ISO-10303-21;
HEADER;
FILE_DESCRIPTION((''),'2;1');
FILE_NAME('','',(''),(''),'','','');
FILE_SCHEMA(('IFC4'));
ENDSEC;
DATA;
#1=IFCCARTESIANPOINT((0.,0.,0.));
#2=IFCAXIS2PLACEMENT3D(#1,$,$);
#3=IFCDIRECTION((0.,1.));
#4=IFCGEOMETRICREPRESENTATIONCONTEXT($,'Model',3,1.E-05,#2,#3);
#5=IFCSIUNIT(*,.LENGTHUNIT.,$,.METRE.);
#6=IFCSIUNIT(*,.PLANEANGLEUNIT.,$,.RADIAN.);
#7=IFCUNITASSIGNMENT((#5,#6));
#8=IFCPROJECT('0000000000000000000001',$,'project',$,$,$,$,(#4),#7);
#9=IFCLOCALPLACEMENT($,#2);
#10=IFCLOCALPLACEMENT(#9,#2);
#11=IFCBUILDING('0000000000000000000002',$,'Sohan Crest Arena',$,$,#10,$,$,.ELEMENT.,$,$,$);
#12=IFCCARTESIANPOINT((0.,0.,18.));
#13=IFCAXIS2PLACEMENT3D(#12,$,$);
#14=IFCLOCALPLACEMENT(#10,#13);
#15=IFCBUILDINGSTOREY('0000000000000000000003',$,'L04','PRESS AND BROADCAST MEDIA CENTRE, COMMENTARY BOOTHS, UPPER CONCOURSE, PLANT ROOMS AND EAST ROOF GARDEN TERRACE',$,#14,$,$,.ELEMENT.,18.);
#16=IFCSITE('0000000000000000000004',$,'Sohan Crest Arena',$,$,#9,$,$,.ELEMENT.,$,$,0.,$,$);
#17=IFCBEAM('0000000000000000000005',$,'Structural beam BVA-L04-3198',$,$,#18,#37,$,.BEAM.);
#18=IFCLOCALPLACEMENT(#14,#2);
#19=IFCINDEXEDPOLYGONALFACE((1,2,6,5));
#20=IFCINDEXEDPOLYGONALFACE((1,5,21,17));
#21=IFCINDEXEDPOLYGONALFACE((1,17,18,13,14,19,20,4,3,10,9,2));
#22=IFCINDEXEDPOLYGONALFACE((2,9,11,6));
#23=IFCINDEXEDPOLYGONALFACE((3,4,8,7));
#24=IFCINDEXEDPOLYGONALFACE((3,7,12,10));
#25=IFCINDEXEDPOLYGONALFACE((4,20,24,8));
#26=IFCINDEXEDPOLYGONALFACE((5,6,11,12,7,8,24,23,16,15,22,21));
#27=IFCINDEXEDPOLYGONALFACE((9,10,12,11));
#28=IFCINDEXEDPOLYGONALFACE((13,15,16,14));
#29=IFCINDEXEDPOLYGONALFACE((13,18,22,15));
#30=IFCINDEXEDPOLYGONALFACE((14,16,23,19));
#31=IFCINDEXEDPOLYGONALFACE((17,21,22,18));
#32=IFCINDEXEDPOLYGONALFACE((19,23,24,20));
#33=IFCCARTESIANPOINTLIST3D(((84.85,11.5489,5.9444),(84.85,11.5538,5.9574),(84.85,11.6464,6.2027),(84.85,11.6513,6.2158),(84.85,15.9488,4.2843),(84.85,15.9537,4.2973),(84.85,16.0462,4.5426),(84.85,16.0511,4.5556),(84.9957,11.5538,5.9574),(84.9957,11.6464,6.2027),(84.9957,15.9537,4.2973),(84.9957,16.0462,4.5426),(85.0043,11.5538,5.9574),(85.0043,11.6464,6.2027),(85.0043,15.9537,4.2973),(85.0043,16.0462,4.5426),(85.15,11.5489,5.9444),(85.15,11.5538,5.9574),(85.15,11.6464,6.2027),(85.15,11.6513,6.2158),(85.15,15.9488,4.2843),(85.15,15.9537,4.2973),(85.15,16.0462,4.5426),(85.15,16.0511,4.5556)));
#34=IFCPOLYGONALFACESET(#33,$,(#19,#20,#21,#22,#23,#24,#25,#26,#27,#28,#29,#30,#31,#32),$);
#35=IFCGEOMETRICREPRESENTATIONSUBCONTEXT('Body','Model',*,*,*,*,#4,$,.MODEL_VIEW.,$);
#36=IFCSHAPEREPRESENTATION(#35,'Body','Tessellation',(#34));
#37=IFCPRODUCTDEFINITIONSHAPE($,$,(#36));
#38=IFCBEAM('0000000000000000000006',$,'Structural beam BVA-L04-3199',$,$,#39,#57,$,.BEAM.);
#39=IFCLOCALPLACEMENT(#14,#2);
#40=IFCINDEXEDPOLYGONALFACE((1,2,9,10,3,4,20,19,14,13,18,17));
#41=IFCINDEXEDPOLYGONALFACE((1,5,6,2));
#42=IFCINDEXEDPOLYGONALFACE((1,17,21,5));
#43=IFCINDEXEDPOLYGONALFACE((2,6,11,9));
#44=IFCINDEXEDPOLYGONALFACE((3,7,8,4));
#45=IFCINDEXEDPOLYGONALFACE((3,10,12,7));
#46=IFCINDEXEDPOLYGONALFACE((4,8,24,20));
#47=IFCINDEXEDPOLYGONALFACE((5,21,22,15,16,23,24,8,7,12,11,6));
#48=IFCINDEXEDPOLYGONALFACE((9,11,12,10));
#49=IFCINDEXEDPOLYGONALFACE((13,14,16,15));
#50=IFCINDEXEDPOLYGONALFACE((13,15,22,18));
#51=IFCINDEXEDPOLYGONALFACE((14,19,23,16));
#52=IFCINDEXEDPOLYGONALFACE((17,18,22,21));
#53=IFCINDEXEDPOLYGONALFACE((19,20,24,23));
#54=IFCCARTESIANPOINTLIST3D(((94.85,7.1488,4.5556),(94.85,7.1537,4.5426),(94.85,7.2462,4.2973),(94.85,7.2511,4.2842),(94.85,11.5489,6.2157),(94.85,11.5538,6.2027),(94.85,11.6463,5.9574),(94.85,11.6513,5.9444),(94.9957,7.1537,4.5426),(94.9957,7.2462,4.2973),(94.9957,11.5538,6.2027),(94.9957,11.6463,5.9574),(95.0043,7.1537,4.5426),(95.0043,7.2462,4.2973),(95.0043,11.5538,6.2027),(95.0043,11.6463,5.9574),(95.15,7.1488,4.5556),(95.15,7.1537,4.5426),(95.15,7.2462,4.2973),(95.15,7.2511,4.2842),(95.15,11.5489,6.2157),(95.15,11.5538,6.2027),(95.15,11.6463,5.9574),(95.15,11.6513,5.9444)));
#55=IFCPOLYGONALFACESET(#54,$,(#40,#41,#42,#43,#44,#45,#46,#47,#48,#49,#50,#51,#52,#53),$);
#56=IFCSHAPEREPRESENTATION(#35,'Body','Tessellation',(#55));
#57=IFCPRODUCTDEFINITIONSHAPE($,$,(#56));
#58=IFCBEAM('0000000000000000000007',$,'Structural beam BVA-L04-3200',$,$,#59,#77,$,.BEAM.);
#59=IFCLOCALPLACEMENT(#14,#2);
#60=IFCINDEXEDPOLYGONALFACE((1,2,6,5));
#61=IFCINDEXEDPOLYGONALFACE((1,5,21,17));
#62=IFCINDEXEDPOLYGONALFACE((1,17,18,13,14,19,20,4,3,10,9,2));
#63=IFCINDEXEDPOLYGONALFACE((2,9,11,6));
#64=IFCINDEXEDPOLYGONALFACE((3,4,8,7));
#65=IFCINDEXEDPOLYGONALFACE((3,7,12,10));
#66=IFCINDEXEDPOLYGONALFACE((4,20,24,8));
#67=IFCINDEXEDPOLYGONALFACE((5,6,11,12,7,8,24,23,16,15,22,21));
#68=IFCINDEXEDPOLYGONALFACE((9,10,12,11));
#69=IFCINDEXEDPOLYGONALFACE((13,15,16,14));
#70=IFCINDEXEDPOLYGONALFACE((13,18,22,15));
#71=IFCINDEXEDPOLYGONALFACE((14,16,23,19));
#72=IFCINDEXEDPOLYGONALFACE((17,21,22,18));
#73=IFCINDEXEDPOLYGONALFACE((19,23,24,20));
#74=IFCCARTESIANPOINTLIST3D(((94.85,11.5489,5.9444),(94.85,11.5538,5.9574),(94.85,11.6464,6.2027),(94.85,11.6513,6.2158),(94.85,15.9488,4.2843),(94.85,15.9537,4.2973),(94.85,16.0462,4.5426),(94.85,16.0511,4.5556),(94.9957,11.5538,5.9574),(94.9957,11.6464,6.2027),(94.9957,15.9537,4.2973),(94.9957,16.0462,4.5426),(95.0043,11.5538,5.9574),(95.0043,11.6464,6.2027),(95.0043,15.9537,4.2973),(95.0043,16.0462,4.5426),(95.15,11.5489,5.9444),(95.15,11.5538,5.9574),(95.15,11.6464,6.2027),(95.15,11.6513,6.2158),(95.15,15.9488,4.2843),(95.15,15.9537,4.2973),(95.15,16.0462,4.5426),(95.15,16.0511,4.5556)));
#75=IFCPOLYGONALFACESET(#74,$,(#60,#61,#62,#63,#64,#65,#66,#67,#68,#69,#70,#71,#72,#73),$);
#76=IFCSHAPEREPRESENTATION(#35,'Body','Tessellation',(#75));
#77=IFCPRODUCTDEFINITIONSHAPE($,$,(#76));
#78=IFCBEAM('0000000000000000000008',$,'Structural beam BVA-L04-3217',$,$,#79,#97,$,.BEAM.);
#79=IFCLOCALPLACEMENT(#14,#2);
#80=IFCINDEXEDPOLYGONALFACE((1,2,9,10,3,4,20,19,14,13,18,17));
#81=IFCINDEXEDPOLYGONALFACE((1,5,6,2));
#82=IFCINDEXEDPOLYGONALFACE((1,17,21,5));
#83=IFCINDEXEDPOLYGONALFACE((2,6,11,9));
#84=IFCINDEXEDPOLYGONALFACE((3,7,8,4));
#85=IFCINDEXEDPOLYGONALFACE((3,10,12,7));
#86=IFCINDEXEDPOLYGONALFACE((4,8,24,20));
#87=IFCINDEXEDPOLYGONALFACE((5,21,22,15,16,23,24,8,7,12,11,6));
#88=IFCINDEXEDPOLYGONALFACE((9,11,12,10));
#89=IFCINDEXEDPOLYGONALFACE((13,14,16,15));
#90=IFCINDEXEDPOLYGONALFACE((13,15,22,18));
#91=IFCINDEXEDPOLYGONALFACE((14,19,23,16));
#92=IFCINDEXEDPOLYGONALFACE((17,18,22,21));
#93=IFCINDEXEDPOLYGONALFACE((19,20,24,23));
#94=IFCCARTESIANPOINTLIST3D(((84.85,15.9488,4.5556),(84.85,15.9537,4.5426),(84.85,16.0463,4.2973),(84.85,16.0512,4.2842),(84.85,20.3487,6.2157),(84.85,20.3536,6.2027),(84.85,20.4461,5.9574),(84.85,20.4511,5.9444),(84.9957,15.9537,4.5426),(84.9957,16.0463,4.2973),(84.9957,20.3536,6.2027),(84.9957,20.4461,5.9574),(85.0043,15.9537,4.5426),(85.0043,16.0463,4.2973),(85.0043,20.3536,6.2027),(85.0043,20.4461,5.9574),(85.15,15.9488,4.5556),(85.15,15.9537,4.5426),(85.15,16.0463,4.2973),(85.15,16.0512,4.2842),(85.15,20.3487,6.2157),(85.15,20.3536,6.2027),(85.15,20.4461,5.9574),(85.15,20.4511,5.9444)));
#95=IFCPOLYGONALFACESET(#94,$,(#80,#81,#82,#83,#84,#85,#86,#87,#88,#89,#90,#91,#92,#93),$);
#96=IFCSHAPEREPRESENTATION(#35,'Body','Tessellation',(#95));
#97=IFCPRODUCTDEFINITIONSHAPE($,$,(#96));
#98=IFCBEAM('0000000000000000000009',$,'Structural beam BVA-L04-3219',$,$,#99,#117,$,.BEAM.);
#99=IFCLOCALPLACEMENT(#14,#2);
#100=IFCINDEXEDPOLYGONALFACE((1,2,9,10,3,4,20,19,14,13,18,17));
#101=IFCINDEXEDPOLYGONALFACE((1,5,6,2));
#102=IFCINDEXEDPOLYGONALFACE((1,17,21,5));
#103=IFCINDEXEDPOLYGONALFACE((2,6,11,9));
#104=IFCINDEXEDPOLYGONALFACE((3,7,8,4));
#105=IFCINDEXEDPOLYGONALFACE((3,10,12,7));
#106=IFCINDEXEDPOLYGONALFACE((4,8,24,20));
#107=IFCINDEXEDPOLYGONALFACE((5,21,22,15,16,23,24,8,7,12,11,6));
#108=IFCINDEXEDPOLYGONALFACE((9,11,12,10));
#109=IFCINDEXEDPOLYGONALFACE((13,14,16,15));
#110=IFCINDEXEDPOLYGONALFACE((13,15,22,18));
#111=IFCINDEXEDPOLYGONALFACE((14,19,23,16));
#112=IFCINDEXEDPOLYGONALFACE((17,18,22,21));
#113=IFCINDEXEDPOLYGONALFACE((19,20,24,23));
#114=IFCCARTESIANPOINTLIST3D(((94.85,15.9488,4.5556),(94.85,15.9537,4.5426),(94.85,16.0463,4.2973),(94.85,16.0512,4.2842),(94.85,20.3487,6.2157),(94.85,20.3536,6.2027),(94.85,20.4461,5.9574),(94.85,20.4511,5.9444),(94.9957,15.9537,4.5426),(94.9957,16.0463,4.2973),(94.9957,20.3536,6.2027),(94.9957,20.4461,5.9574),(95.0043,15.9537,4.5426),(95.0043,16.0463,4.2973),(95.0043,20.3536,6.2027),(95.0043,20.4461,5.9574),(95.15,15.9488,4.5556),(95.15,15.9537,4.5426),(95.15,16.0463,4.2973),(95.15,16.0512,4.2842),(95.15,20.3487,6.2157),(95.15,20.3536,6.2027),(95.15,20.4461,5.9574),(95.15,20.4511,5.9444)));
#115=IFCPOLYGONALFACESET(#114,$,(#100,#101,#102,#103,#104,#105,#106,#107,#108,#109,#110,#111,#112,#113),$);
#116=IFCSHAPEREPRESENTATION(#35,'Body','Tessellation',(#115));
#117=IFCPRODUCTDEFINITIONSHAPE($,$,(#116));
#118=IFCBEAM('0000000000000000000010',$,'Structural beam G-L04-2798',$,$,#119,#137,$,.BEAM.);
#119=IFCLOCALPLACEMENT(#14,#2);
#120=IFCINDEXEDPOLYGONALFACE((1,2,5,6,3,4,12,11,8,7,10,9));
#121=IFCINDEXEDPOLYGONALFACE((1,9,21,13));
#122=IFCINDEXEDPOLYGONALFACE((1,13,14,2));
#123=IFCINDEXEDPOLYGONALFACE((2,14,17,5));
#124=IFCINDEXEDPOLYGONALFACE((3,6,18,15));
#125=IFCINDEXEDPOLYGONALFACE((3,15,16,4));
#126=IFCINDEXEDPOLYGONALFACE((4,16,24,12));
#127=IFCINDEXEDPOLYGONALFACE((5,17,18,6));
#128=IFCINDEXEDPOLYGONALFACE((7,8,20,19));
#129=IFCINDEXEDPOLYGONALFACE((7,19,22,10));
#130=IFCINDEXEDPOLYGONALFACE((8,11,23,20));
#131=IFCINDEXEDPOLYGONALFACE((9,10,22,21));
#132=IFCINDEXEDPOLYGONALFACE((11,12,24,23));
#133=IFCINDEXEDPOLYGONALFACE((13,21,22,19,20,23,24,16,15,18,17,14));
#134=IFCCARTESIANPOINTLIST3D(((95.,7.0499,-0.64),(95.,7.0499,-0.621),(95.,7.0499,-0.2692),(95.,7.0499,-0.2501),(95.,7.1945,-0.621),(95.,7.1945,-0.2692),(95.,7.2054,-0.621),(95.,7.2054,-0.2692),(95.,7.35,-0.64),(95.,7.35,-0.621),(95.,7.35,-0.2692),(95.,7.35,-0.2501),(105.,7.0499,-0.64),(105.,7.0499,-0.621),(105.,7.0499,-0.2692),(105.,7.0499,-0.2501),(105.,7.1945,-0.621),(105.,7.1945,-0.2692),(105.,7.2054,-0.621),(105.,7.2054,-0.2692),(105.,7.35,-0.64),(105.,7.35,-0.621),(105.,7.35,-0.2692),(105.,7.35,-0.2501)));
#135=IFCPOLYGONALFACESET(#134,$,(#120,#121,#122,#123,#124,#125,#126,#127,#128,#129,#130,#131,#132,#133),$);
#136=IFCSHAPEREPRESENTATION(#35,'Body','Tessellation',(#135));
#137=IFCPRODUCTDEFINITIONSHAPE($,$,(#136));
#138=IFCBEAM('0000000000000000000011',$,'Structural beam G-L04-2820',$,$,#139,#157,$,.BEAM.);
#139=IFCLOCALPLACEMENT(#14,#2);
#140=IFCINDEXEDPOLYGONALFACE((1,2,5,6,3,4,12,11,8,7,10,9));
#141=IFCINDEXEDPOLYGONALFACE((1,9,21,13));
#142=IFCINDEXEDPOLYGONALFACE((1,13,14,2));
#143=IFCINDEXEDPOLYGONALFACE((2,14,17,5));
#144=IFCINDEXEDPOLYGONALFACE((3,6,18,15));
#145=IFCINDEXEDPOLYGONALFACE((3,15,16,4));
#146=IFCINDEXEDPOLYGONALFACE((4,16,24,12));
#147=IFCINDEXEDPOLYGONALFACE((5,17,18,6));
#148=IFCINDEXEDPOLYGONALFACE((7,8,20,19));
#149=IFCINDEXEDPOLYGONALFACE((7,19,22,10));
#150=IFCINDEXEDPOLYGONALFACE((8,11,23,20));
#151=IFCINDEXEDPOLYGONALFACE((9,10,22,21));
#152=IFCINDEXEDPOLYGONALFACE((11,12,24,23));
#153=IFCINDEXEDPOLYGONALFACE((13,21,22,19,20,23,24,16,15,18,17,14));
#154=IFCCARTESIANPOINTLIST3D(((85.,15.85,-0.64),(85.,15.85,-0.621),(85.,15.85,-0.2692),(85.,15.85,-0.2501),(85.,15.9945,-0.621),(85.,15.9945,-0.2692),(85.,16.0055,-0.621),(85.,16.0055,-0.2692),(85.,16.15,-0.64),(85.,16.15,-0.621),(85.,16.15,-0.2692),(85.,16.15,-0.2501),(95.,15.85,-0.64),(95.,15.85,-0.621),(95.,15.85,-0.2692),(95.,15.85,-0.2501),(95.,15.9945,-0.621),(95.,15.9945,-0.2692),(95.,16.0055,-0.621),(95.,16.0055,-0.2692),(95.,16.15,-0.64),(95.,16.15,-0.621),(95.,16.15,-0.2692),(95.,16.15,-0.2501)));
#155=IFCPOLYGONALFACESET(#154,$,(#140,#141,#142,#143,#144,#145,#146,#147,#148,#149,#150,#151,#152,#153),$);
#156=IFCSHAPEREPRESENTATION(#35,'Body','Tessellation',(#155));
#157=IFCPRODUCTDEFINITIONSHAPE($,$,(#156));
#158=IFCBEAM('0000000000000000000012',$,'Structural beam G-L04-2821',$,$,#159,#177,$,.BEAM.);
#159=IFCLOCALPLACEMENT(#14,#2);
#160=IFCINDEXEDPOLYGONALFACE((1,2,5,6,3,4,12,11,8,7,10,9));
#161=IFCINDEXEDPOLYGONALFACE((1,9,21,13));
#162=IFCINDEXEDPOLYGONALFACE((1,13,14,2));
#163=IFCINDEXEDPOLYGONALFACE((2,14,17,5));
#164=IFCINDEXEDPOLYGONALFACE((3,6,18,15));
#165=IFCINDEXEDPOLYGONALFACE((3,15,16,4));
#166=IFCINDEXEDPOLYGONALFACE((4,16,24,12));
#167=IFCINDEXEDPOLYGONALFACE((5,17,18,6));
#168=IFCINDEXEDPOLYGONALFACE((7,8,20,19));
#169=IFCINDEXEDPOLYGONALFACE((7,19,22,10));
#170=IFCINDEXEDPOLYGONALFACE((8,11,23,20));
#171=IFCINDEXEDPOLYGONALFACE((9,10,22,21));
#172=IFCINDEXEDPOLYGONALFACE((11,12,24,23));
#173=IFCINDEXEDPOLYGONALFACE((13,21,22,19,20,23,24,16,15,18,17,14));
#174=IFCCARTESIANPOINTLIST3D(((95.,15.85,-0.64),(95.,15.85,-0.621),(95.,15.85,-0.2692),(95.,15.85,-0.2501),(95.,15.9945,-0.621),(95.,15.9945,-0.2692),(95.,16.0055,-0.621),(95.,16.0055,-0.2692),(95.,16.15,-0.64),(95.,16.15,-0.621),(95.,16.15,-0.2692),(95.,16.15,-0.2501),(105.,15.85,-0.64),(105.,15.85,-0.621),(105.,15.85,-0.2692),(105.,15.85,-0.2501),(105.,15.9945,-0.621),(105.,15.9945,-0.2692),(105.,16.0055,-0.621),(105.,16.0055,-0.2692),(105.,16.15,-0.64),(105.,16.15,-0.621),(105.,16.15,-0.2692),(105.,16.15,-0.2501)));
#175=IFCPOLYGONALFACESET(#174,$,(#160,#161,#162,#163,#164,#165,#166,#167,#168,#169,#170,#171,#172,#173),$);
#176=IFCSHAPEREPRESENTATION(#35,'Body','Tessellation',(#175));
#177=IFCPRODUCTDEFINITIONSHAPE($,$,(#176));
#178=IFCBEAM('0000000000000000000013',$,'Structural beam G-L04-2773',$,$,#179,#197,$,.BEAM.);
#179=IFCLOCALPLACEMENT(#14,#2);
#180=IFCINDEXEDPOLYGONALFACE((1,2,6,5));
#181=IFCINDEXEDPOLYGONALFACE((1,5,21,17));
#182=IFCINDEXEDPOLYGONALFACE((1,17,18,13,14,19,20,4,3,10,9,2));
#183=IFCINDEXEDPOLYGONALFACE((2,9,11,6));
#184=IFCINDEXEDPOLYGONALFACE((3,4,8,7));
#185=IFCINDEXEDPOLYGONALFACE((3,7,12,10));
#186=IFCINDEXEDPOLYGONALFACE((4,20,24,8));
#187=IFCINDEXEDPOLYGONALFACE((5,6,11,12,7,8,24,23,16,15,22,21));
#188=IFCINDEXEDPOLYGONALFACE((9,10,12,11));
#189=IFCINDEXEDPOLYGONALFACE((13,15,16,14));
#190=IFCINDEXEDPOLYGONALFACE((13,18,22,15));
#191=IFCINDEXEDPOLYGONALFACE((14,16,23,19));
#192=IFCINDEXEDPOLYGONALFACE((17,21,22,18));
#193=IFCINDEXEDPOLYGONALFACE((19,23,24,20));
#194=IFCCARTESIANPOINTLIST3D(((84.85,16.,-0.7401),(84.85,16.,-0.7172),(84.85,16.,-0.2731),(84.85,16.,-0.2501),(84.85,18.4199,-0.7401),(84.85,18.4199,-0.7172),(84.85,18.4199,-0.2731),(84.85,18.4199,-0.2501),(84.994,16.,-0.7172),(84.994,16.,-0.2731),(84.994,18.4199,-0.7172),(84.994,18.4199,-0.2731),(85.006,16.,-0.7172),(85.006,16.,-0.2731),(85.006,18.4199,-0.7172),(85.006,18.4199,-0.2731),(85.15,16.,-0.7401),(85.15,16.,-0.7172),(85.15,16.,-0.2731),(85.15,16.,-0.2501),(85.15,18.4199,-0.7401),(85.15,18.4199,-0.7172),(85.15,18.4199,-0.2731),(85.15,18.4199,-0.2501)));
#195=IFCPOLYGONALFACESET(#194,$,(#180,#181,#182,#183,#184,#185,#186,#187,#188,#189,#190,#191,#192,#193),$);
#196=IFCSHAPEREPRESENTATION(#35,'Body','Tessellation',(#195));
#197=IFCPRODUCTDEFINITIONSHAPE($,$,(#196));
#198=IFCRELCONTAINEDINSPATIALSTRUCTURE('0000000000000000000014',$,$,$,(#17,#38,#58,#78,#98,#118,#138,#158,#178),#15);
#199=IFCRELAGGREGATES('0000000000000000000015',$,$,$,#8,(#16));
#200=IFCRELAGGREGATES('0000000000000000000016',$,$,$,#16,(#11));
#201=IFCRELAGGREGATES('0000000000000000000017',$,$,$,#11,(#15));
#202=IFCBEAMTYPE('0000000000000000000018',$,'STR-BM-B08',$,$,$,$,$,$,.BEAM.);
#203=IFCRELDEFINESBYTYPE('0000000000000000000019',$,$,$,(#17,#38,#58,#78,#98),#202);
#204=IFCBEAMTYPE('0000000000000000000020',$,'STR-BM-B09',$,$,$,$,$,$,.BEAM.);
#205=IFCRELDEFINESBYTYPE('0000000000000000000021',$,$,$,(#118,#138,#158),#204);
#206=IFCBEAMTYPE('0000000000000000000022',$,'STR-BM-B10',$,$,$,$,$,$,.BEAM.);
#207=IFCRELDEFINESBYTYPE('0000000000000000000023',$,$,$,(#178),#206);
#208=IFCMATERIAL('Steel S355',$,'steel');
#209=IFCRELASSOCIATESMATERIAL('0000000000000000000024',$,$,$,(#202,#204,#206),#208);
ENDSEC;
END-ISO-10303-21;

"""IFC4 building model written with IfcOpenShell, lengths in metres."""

from ifc_helpers import new_model, si_unit, direction, frame, origin, origin_2d, place, context, subcontext, project, spatial, i_section, extrude, material, material_profile, profile_set, type_object, element, save


model = new_model("IFC4")

# Units and contexts
model_context = context("Model", 3, precision=1e-05, world=origin(), true_north=direction((0.0, 1.0)))
body_context = subcontext(model_context, "Body", "Model", "MODEL_VIEW")
ifc_project = project(units=[si_unit("LENGTHUNIT", "METRE"), si_unit("PLANEANGLEUNIT", "RADIAN")], contexts=[model_context])

# Site, building, storey
site_placement = place(None, origin())
site = spatial("IfcSite", under=ifc_project, at=site_placement, Name="Sohan Crest Arena", CompositionType="ELEMENT", RefElevation=0.0)
building_placement = place(site_placement, origin())
building = spatial("IfcBuilding", under=site, at=building_placement, Name="Sohan Crest Arena", CompositionType="ELEMENT")
storey_placement = place(building_placement, frame((0.0, 0.0, 18.0)))
storey = spatial("IfcBuildingStorey", under=building, at=storey_placement, Name="L04", Description="PRESS AND BROADCAST MEDIA CENTRE, COMMENTARY BOOTHS, UPPER CONCOURSE, PLANT ROOMS AND EAST ROOF GARDEN TERRACE", CompositionType="ELEMENT", Elevation=18.0)

# Shared definitions
ifc_material_1 = material(Name="Steel S355", Category="steel")

# Beams
ifc_material_profile_1 = material_profile(ifc_material_1, i_section(OverallWidth=0.3, OverallDepth=0.29, WebThickness=0.0085, FlangeThickness=0.0139, at=origin_2d()), Name="HEA 300")
ifc_profile_set_1 = profile_set([ifc_material_profile_1], Name="Steel S355")
beam_type_1 = type_object("IfcBeamType", Name="STR-BM-B08", PredefinedType="BEAM", material=ifc_profile_set_1)
beam_1_placement = place(storey_placement, frame((85.0, 11.6001, 6.0801), z_axis=(0.0, 0.935615, -0.353023), x_axis=(-1.0, 0.0, 0.0)))
element("IfcBeam", 1, at=beam_1_placement, inside=storey, type_object=beam_type_1, Name="Structural beam BVA-L04-3198", PredefinedType="BEAM", context=body_context, shape_type="SweptSolid", body=[
    extrude(i_section(OverallWidth=0.3, OverallDepth=0.29, WebThickness=0.0085, FlangeThickness=0.0139, at=origin_2d()), origin(), (0.0, 0.0, 1.0), 4.7026),
])
beam_2_placement = place(storey_placement, frame((95.0, 7.2, 4.4199), z_axis=(0.0, 0.935621, 0.353006), x_axis=(-1.0, 0.0, 0.0)))
element("IfcBeam", 2, at=beam_2_placement, inside=storey, type_object=beam_type_1, Name="Structural beam BVA-L04-3199", PredefinedType="BEAM", context=body_context, shape_type="SweptSolid", body=[
    extrude(i_section(OverallWidth=0.3, OverallDepth=0.29, WebThickness=0.0085, FlangeThickness=0.0139, at=origin_2d()), origin(), (0.0, 0.0, 1.0), 4.7029),
])
for number, where, z_axis, x_axis, name in (
    (3, (95.0, 11.6001, 6.0801), (0.0, 0.935615, -0.353023), (-1.0, 0.0, 0.0), "Structural beam BVA-L04-3200"),
    (4, (85.0, 16.0, 4.4199), (0.0, 0.935615, 0.353023), (-1.0, 0.0, 0.0), "Structural beam BVA-L04-3217"),
    (5, (95.0, 16.0, 4.4199), (0.0, 0.935615, 0.353023), (-1.0, 0.0, 0.0), "Structural beam BVA-L04-3219"),
):
    element("IfcBeam", number, at=place(storey_placement, frame(where, z_axis=z_axis, x_axis=x_axis)), inside=storey, type_object=beam_type_1, Name=name, PredefinedType="BEAM", context=body_context, shape_type="SweptSolid", body=[
        extrude(i_section(OverallWidth=0.3, OverallDepth=0.29, WebThickness=0.0085, FlangeThickness=0.0139, at=origin_2d()), origin(), (0.0, 0.0, 1.0), 4.7026),
    ])
ifc_material_profile_2 = material_profile(ifc_material_1, i_section(OverallWidth=0.3, OverallDepth=0.3899, WebThickness=0.011, FlangeThickness=0.019, at=origin_2d()), Name="HEA 400")
ifc_profile_set_2 = profile_set([ifc_material_profile_2], Name="Steel S355")
beam_type_2 = type_object("IfcBeamType", Name="STR-BM-B09", PredefinedType="BEAM", material=ifc_profile_set_2)
for number, where, z_axis, x_axis, name in (
    (6, (95.0, 7.2, -0.4451), (1.0, 0.0, 0.0), (0.0, 1.0, 0.0), "Structural beam G-L04-2798"),
    (7, (85.0, 16.0, -0.4451), (1.0, 0.0, 0.0), (0.0, 1.0, 0.0), "Structural beam G-L04-2820"),
    (8, (95.0, 16.0, -0.4451), (1.0, 0.0, 0.0), (0.0, 1.0, 0.0), "Structural beam G-L04-2821"),
):
    element("IfcBeam", number, at=place(storey_placement, frame(where, z_axis=z_axis, x_axis=x_axis)), inside=storey, type_object=beam_type_2, Name=name, PredefinedType="BEAM", context=body_context, shape_type="SweptSolid", body=[
        extrude(i_section(OverallWidth=0.3, OverallDepth=0.3899, WebThickness=0.011, FlangeThickness=0.019, at=origin_2d()), origin(), (0.0, 0.0, 1.0), 10.0),
    ])
ifc_material_profile_3 = material_profile(ifc_material_1, i_section(OverallWidth=0.3, OverallDepth=0.49, WebThickness=0.012, FlangeThickness=0.0229, at=origin_2d()), Name="HEA 500")
ifc_profile_set_3 = profile_set([ifc_material_profile_3], Name="Steel S355")
beam_type_3 = type_object("IfcBeamType", Name="STR-BM-B10", PredefinedType="BEAM", material=ifc_profile_set_3)
beam_3_placement = place(storey_placement, frame((85.0, 16.0, -0.4951), z_axis=(0.0, 1.0, 0.0), x_axis=(-1.0, 0.0, 0.0)))
element("IfcBeam", 9, at=beam_3_placement, inside=storey, type_object=beam_type_3, Name="Structural beam G-L04-2773", PredefinedType="BEAM", context=body_context, shape_type="SweptSolid", body=[
    extrude(i_section(OverallWidth=0.3, OverallDepth=0.49, WebThickness=0.012, FlangeThickness=0.0229, at=origin_2d()), origin(), (0.0, 0.0, 1.0), 2.4199),
])

save(model, "model.ifc")
